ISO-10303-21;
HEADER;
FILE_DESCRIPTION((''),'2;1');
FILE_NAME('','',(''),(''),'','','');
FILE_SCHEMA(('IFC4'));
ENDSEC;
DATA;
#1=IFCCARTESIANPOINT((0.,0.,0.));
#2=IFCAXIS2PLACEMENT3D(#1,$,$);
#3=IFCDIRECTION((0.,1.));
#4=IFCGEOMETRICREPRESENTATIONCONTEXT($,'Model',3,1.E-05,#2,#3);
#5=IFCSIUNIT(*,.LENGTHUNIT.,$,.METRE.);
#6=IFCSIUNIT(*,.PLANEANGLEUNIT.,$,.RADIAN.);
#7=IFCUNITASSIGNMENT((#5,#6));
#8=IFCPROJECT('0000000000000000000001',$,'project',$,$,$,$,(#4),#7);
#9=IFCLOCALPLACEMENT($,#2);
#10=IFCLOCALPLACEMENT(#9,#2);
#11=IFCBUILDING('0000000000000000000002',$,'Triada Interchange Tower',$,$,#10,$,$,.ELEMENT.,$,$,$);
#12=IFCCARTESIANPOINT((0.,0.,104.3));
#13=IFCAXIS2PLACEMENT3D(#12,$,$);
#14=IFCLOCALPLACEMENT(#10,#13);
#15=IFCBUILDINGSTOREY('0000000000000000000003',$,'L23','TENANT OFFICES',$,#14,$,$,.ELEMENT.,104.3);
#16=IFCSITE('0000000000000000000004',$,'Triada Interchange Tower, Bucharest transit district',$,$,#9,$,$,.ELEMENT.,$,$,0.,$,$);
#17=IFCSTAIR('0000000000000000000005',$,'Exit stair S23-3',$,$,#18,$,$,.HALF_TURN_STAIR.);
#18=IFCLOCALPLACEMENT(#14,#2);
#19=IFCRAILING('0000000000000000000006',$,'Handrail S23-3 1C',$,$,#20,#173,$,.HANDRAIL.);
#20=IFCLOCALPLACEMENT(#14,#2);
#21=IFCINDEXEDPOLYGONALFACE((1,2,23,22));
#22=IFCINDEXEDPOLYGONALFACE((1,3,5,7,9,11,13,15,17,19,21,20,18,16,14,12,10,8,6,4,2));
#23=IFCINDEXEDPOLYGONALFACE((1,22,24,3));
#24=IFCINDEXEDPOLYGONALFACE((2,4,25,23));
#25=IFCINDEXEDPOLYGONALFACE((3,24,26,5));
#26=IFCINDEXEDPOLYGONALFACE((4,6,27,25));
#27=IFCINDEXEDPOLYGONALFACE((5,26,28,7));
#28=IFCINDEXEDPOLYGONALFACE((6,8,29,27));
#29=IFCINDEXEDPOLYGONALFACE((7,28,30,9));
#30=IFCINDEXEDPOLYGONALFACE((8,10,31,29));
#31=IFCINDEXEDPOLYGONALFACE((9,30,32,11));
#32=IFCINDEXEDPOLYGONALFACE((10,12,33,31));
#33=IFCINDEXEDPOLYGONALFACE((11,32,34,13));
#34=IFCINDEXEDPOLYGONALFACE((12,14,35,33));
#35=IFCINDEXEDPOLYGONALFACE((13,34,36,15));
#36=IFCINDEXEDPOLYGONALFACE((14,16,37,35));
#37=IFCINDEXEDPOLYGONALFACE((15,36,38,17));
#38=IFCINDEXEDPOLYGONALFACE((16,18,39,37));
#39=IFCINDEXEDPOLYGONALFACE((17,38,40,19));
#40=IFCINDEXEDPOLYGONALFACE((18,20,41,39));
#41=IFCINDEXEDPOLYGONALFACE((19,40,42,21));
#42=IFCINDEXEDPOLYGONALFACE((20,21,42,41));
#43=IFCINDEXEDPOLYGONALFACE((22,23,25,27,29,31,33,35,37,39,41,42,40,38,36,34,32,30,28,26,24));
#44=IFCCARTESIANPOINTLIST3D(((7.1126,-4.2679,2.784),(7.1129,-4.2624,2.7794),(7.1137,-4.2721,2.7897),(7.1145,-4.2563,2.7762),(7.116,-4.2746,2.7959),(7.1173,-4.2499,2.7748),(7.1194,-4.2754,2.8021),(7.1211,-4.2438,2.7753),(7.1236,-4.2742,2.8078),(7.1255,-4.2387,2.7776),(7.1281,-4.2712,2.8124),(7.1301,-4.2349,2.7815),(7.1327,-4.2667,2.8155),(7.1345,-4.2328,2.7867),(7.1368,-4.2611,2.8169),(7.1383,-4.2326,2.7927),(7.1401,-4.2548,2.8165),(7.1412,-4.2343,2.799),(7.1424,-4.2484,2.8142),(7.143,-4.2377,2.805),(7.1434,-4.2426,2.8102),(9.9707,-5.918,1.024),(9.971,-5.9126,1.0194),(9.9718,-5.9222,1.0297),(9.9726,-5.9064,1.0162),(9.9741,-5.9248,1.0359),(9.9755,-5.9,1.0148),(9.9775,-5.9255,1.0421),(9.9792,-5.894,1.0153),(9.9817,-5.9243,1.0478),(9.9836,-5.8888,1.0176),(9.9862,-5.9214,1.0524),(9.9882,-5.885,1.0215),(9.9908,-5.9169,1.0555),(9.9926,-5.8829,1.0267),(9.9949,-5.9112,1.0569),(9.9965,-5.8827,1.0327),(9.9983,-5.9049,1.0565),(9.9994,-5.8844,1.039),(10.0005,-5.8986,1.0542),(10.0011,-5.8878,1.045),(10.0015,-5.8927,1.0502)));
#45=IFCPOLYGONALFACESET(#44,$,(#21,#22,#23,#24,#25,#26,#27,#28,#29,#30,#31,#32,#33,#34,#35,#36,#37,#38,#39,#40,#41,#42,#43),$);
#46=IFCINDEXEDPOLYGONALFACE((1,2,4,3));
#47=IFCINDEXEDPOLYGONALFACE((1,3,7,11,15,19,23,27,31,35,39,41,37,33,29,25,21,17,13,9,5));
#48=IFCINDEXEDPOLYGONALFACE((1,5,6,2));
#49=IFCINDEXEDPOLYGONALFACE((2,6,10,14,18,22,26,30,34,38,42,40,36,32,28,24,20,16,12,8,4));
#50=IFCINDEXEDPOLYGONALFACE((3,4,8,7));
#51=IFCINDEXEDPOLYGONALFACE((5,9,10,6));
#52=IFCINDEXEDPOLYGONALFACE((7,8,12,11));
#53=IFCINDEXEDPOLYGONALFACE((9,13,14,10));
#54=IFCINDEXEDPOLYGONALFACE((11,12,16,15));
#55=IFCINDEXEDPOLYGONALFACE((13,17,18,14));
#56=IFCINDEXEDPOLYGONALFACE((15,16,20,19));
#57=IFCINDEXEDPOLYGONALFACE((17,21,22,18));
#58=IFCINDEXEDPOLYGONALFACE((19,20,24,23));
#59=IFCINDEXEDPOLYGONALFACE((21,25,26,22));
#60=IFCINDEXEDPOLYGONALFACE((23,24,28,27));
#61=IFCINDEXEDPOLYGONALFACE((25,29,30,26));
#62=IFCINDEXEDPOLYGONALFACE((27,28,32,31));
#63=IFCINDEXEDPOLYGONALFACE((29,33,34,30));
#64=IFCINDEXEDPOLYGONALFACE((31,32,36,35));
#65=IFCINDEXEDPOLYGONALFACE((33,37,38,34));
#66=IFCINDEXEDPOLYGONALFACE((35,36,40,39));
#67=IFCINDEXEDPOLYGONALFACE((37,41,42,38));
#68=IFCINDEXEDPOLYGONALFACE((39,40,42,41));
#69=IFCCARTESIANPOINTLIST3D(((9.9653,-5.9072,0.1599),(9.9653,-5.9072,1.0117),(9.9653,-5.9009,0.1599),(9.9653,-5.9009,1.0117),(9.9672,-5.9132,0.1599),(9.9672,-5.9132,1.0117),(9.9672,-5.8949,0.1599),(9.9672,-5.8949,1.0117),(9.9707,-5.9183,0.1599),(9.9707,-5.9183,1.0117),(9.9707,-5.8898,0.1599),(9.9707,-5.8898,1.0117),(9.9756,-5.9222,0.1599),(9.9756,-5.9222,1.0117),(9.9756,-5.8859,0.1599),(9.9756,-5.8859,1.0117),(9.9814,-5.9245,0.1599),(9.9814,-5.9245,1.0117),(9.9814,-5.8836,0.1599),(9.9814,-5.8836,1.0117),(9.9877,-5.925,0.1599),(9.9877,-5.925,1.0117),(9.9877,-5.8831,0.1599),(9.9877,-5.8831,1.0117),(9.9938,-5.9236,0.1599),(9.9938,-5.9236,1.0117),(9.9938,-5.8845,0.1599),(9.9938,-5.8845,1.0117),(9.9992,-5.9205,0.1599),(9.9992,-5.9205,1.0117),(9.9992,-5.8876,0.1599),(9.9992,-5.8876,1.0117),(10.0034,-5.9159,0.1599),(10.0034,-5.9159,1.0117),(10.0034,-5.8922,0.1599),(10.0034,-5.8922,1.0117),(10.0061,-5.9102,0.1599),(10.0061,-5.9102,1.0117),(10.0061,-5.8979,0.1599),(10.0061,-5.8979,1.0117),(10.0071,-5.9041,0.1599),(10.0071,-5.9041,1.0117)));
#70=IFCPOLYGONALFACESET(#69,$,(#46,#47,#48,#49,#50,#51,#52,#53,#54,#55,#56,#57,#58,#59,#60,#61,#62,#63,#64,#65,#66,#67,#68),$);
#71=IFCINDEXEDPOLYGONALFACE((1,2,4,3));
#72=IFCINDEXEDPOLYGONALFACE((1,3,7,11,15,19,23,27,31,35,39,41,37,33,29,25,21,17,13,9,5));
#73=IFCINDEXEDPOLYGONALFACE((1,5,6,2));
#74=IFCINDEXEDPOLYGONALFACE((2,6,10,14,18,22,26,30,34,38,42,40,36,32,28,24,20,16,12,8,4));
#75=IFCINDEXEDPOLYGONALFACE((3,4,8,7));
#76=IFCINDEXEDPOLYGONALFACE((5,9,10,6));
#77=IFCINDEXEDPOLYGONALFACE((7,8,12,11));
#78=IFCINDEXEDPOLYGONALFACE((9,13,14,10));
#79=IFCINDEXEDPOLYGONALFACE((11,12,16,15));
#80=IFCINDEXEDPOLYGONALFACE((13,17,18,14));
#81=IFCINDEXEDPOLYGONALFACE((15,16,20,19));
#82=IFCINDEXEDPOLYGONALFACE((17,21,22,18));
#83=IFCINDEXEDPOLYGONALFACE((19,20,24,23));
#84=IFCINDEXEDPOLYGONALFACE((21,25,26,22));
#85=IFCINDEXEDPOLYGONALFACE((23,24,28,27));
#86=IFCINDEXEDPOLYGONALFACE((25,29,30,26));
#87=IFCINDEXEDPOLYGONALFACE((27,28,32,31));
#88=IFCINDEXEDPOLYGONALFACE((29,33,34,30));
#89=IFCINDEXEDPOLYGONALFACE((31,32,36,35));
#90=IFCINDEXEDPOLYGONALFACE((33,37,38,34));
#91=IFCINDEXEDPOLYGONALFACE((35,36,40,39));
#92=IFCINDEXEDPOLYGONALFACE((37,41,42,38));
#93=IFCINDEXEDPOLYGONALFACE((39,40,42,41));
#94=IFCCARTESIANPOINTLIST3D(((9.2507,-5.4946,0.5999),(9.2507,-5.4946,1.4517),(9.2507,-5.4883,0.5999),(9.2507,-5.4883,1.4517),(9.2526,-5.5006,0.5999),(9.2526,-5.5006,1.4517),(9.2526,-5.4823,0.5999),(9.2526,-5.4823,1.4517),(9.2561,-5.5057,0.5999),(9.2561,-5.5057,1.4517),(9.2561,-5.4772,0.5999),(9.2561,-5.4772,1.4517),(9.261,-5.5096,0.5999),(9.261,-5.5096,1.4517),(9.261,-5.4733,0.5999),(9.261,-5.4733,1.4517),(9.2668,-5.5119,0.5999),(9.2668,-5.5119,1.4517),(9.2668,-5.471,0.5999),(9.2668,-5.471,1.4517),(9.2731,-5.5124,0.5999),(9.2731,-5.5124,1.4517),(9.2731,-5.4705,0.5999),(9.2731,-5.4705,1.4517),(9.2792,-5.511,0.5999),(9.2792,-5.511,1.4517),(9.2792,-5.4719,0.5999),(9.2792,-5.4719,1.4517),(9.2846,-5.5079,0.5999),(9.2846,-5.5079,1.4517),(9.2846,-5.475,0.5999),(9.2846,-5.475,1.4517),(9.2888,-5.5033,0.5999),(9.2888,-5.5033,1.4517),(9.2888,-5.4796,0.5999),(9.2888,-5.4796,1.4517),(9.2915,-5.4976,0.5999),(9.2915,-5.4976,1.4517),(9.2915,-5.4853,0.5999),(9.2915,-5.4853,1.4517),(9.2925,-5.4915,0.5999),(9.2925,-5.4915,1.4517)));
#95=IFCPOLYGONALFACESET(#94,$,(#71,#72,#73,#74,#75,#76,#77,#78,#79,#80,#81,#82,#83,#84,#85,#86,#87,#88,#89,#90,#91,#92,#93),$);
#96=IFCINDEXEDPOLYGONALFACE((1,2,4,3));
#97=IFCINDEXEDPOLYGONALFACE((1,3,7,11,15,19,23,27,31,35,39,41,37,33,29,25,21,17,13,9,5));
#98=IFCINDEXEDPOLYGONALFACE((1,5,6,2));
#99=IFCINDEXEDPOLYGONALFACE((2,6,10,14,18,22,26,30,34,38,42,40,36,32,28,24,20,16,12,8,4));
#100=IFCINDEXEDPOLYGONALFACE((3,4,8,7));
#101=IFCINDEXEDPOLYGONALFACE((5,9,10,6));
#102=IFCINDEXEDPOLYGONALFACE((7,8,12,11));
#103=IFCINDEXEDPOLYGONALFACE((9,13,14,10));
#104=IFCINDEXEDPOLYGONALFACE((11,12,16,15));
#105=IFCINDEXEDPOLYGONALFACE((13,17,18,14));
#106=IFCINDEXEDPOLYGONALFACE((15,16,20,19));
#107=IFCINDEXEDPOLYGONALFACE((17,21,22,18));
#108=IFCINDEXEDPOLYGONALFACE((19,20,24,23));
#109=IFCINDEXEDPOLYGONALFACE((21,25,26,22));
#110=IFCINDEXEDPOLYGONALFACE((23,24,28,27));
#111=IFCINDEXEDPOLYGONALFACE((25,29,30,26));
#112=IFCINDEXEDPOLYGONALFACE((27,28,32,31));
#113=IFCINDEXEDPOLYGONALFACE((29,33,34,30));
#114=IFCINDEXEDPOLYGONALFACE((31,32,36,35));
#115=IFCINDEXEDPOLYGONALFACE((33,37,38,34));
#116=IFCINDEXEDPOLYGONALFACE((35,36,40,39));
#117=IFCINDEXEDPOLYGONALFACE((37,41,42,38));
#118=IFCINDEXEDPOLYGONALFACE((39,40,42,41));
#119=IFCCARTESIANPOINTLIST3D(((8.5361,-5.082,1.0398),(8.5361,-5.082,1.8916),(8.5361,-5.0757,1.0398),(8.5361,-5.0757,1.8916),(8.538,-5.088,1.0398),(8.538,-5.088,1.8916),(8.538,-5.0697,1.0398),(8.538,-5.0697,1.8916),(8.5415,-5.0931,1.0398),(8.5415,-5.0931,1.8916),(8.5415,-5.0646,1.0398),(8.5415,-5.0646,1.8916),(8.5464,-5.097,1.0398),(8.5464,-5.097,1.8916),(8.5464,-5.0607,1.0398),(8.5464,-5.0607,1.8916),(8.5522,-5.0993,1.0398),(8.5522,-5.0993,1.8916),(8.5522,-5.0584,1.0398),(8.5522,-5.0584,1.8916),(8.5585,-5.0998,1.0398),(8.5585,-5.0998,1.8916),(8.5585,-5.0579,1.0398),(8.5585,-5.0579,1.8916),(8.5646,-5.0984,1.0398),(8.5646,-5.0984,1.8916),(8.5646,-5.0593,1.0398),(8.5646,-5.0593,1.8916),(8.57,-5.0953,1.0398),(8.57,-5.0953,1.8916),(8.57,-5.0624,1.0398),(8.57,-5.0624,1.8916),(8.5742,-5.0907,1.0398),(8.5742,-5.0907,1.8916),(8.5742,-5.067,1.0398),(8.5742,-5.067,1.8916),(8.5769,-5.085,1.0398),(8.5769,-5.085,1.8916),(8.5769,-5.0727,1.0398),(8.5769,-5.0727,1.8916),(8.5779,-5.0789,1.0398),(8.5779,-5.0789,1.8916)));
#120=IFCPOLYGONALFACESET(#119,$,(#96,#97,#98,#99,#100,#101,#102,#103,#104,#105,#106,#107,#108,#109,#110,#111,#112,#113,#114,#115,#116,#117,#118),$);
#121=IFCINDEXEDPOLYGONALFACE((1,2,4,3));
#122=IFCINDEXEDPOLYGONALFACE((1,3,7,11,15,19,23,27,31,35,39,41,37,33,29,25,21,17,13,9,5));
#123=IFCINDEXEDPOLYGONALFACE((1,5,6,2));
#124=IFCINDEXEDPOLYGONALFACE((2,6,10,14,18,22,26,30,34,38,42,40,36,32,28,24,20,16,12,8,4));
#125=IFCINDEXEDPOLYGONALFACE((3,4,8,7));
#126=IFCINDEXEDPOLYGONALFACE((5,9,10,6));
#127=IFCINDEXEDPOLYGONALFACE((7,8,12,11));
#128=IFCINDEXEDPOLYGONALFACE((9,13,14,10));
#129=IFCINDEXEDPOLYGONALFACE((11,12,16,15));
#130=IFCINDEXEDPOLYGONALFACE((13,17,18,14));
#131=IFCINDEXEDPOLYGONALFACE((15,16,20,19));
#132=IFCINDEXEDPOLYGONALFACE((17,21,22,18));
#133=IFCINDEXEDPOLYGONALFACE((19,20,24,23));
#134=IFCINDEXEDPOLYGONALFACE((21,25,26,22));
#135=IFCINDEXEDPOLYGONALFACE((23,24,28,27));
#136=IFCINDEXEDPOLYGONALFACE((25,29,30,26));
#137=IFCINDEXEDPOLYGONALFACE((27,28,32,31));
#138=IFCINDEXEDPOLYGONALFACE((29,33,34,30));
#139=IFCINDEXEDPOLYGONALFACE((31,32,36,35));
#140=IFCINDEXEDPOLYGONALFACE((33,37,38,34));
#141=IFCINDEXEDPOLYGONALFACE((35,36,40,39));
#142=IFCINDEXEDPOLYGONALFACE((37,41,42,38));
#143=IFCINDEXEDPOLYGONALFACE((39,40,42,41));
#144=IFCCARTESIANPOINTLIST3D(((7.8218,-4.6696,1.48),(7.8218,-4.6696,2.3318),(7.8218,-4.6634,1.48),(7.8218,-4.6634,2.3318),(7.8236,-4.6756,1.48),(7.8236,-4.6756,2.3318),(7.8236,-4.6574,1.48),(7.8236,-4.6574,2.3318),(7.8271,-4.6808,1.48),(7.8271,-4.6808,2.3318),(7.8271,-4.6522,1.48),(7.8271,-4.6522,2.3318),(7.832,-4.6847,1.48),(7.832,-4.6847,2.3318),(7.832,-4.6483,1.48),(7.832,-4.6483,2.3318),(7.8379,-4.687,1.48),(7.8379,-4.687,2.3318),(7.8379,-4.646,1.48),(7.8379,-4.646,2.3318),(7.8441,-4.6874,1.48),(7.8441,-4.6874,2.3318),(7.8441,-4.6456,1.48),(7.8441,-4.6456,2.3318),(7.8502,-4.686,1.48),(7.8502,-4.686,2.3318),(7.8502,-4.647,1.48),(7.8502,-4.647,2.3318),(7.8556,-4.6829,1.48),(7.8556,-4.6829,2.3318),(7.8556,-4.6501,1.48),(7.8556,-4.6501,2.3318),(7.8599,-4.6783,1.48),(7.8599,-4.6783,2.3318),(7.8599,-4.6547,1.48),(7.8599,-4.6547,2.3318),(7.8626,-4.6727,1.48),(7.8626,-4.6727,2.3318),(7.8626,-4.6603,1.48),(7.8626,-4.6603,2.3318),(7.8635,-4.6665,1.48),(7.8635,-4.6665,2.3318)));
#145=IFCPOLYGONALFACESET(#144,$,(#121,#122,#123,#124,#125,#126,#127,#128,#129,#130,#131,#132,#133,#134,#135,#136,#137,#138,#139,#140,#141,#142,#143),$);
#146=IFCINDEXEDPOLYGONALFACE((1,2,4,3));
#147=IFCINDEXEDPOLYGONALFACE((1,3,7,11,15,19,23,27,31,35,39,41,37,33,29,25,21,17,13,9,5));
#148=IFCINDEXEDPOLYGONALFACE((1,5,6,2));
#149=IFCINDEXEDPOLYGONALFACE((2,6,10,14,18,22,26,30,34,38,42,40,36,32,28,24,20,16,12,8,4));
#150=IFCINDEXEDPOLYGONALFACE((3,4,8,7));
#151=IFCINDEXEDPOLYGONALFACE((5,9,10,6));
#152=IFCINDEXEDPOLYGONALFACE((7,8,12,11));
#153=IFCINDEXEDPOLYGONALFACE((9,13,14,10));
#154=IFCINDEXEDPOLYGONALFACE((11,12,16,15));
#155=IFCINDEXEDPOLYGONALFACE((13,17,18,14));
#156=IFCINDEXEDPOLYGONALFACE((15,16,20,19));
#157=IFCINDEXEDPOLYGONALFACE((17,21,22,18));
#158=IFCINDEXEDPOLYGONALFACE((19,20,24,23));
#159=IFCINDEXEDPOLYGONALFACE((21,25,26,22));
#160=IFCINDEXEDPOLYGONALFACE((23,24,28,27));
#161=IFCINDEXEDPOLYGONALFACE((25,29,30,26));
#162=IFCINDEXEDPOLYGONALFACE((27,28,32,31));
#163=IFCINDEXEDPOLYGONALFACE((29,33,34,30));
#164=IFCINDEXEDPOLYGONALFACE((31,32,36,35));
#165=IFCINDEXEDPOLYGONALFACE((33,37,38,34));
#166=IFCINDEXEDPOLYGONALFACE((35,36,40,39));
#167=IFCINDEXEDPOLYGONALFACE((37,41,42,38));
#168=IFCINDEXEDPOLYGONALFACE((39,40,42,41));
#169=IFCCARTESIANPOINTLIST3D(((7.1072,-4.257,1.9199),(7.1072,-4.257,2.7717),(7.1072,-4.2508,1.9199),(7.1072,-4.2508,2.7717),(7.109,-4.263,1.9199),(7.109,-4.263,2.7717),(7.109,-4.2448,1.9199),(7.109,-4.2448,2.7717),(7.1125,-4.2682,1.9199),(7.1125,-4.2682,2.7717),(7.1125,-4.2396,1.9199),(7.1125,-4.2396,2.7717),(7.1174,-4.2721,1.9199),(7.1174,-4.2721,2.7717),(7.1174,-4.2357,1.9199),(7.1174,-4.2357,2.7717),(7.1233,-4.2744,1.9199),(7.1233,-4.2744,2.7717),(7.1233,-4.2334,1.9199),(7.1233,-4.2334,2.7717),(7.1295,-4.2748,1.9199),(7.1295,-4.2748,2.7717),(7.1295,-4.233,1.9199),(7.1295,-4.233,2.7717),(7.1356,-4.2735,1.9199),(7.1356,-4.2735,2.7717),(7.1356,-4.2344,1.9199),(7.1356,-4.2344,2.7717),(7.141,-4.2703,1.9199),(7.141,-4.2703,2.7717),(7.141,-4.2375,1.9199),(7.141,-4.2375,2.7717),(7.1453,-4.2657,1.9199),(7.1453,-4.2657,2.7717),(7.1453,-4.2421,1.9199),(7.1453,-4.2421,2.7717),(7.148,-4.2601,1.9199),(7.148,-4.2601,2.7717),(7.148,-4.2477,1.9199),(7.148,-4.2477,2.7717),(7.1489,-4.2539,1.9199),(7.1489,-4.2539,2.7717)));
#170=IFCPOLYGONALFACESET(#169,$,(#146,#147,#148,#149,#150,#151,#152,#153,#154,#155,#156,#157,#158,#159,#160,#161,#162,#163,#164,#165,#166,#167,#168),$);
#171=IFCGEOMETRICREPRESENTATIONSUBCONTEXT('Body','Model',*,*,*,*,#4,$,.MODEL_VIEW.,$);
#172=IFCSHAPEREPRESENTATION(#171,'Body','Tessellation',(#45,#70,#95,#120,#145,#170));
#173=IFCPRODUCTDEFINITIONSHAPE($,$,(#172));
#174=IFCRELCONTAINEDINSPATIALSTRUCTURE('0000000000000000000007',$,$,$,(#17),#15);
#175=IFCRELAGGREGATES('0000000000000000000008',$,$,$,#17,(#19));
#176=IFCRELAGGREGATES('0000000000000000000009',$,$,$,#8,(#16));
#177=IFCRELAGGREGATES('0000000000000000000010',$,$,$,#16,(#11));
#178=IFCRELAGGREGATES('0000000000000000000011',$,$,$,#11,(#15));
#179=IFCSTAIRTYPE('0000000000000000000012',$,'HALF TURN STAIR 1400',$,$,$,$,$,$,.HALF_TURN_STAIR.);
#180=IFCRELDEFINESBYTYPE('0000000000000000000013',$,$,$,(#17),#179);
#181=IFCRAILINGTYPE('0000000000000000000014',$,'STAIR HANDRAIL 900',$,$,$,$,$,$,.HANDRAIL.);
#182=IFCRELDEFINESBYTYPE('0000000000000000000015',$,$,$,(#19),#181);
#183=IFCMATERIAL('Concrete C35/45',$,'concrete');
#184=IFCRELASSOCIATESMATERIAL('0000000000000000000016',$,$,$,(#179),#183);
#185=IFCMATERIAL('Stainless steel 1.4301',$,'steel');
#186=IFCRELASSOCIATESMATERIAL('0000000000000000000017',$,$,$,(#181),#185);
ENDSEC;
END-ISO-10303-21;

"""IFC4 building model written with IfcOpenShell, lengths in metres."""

from ifc_helpers import new_model, si_unit, direction, frame, origin, origin_2d, place, context, subcontext, project, spatial, circle, extrude, material, type_object, element, aggregate, save


model = new_model("IFC4")

# Units and contexts
model_context = context("Model", 3, precision=1e-05, world=origin(), true_north=direction((0.0, 1.0)))
body_context = subcontext(model_context, "Body", "Model", "MODEL_VIEW")
ifc_project = project(units=[si_unit("LENGTHUNIT", "METRE"), si_unit("PLANEANGLEUNIT", "RADIAN")], contexts=[model_context])

# Site, building, storey
site_placement = place(None, origin())
site = spatial("IfcSite", under=ifc_project, at=site_placement, Name="Triada Interchange Tower, Bucharest transit district", CompositionType="ELEMENT", RefElevation=0.0)
building_placement = place(site_placement, origin())
building = spatial("IfcBuilding", under=site, at=building_placement, Name="Triada Interchange Tower", CompositionType="ELEMENT")
storey_placement = place(building_placement, frame((0.0, 0.0, 104.3)))
storey = spatial("IfcBuildingStorey", under=building, at=storey_placement, Name="L23", Description="TENANT OFFICES", CompositionType="ELEMENT", Elevation=104.3)

# Stair, railing
ifc_material_1 = material(Name="Concrete C35/45", Category="concrete")
stair_type = type_object("IfcStairType", Name="HALF TURN STAIR 1400", PredefinedType="HALF_TURN_STAIR", material=ifc_material_1)
stair_placement = place(storey_placement, origin())
stair = element("IfcStair", 1, at=stair_placement, inside=storey, type_object=stair_type, Name="Exit stair S23-3", PredefinedType="HALF_TURN_STAIR")
ifc_material_2 = material(Name="Stainless steel 1.4301", Category="steel")
railing_type = type_object("IfcRailingType", Name="STAIR HANDRAIL 900", PredefinedType="HANDRAIL", material=ifc_material_2)
railing_1_placement = place(storey_placement, frame((9.9861, -5.9041, 0.1599)))
railing_1 = element("IfcRailing", 2, at=railing_1_placement, type_object=railing_type, Name="Handrail S23-3 1C", PredefinedType="HANDRAIL", context=body_context, shape_type="SweptSolid", body=[
    extrude(circle(Radius=0.0239, at=origin_2d()), frame((0.0, 0.0, 0.876), z_axis=(-0.764156, 0.441183, 0.470556), x_axis=(-0.499998, -0.866027, 0.0)), (0.0, 0.0, 1.0), 3.7402),
    extrude(circle(Radius=0.021, at=origin_2d()), origin(), (0.0, 0.0, 1.0), 0.8518),
    extrude(circle(Radius=0.021, at=origin_2d()), frame((-0.7146, 0.4126, 0.4399)), (0.0, 0.0, 1.0), 0.8518),
    extrude(circle(Radius=0.021, at=origin_2d()), frame((-1.4292, 0.8252, 0.8799)), (0.0, 0.0, 1.0), 0.8518),
    extrude(circle(Radius=0.021, at=origin_2d()), frame((-2.1436, 1.2375, 1.3201)), (0.0, 0.0, 1.0), 0.8518),
    extrude(circle(Radius=0.021, at=origin_2d()), frame((-2.8582, 1.6501, 1.76)), (0.0, 0.0, 1.0), 0.8518),
])
aggregate(stair, [railing_1])

save(model, "model.ifc")
